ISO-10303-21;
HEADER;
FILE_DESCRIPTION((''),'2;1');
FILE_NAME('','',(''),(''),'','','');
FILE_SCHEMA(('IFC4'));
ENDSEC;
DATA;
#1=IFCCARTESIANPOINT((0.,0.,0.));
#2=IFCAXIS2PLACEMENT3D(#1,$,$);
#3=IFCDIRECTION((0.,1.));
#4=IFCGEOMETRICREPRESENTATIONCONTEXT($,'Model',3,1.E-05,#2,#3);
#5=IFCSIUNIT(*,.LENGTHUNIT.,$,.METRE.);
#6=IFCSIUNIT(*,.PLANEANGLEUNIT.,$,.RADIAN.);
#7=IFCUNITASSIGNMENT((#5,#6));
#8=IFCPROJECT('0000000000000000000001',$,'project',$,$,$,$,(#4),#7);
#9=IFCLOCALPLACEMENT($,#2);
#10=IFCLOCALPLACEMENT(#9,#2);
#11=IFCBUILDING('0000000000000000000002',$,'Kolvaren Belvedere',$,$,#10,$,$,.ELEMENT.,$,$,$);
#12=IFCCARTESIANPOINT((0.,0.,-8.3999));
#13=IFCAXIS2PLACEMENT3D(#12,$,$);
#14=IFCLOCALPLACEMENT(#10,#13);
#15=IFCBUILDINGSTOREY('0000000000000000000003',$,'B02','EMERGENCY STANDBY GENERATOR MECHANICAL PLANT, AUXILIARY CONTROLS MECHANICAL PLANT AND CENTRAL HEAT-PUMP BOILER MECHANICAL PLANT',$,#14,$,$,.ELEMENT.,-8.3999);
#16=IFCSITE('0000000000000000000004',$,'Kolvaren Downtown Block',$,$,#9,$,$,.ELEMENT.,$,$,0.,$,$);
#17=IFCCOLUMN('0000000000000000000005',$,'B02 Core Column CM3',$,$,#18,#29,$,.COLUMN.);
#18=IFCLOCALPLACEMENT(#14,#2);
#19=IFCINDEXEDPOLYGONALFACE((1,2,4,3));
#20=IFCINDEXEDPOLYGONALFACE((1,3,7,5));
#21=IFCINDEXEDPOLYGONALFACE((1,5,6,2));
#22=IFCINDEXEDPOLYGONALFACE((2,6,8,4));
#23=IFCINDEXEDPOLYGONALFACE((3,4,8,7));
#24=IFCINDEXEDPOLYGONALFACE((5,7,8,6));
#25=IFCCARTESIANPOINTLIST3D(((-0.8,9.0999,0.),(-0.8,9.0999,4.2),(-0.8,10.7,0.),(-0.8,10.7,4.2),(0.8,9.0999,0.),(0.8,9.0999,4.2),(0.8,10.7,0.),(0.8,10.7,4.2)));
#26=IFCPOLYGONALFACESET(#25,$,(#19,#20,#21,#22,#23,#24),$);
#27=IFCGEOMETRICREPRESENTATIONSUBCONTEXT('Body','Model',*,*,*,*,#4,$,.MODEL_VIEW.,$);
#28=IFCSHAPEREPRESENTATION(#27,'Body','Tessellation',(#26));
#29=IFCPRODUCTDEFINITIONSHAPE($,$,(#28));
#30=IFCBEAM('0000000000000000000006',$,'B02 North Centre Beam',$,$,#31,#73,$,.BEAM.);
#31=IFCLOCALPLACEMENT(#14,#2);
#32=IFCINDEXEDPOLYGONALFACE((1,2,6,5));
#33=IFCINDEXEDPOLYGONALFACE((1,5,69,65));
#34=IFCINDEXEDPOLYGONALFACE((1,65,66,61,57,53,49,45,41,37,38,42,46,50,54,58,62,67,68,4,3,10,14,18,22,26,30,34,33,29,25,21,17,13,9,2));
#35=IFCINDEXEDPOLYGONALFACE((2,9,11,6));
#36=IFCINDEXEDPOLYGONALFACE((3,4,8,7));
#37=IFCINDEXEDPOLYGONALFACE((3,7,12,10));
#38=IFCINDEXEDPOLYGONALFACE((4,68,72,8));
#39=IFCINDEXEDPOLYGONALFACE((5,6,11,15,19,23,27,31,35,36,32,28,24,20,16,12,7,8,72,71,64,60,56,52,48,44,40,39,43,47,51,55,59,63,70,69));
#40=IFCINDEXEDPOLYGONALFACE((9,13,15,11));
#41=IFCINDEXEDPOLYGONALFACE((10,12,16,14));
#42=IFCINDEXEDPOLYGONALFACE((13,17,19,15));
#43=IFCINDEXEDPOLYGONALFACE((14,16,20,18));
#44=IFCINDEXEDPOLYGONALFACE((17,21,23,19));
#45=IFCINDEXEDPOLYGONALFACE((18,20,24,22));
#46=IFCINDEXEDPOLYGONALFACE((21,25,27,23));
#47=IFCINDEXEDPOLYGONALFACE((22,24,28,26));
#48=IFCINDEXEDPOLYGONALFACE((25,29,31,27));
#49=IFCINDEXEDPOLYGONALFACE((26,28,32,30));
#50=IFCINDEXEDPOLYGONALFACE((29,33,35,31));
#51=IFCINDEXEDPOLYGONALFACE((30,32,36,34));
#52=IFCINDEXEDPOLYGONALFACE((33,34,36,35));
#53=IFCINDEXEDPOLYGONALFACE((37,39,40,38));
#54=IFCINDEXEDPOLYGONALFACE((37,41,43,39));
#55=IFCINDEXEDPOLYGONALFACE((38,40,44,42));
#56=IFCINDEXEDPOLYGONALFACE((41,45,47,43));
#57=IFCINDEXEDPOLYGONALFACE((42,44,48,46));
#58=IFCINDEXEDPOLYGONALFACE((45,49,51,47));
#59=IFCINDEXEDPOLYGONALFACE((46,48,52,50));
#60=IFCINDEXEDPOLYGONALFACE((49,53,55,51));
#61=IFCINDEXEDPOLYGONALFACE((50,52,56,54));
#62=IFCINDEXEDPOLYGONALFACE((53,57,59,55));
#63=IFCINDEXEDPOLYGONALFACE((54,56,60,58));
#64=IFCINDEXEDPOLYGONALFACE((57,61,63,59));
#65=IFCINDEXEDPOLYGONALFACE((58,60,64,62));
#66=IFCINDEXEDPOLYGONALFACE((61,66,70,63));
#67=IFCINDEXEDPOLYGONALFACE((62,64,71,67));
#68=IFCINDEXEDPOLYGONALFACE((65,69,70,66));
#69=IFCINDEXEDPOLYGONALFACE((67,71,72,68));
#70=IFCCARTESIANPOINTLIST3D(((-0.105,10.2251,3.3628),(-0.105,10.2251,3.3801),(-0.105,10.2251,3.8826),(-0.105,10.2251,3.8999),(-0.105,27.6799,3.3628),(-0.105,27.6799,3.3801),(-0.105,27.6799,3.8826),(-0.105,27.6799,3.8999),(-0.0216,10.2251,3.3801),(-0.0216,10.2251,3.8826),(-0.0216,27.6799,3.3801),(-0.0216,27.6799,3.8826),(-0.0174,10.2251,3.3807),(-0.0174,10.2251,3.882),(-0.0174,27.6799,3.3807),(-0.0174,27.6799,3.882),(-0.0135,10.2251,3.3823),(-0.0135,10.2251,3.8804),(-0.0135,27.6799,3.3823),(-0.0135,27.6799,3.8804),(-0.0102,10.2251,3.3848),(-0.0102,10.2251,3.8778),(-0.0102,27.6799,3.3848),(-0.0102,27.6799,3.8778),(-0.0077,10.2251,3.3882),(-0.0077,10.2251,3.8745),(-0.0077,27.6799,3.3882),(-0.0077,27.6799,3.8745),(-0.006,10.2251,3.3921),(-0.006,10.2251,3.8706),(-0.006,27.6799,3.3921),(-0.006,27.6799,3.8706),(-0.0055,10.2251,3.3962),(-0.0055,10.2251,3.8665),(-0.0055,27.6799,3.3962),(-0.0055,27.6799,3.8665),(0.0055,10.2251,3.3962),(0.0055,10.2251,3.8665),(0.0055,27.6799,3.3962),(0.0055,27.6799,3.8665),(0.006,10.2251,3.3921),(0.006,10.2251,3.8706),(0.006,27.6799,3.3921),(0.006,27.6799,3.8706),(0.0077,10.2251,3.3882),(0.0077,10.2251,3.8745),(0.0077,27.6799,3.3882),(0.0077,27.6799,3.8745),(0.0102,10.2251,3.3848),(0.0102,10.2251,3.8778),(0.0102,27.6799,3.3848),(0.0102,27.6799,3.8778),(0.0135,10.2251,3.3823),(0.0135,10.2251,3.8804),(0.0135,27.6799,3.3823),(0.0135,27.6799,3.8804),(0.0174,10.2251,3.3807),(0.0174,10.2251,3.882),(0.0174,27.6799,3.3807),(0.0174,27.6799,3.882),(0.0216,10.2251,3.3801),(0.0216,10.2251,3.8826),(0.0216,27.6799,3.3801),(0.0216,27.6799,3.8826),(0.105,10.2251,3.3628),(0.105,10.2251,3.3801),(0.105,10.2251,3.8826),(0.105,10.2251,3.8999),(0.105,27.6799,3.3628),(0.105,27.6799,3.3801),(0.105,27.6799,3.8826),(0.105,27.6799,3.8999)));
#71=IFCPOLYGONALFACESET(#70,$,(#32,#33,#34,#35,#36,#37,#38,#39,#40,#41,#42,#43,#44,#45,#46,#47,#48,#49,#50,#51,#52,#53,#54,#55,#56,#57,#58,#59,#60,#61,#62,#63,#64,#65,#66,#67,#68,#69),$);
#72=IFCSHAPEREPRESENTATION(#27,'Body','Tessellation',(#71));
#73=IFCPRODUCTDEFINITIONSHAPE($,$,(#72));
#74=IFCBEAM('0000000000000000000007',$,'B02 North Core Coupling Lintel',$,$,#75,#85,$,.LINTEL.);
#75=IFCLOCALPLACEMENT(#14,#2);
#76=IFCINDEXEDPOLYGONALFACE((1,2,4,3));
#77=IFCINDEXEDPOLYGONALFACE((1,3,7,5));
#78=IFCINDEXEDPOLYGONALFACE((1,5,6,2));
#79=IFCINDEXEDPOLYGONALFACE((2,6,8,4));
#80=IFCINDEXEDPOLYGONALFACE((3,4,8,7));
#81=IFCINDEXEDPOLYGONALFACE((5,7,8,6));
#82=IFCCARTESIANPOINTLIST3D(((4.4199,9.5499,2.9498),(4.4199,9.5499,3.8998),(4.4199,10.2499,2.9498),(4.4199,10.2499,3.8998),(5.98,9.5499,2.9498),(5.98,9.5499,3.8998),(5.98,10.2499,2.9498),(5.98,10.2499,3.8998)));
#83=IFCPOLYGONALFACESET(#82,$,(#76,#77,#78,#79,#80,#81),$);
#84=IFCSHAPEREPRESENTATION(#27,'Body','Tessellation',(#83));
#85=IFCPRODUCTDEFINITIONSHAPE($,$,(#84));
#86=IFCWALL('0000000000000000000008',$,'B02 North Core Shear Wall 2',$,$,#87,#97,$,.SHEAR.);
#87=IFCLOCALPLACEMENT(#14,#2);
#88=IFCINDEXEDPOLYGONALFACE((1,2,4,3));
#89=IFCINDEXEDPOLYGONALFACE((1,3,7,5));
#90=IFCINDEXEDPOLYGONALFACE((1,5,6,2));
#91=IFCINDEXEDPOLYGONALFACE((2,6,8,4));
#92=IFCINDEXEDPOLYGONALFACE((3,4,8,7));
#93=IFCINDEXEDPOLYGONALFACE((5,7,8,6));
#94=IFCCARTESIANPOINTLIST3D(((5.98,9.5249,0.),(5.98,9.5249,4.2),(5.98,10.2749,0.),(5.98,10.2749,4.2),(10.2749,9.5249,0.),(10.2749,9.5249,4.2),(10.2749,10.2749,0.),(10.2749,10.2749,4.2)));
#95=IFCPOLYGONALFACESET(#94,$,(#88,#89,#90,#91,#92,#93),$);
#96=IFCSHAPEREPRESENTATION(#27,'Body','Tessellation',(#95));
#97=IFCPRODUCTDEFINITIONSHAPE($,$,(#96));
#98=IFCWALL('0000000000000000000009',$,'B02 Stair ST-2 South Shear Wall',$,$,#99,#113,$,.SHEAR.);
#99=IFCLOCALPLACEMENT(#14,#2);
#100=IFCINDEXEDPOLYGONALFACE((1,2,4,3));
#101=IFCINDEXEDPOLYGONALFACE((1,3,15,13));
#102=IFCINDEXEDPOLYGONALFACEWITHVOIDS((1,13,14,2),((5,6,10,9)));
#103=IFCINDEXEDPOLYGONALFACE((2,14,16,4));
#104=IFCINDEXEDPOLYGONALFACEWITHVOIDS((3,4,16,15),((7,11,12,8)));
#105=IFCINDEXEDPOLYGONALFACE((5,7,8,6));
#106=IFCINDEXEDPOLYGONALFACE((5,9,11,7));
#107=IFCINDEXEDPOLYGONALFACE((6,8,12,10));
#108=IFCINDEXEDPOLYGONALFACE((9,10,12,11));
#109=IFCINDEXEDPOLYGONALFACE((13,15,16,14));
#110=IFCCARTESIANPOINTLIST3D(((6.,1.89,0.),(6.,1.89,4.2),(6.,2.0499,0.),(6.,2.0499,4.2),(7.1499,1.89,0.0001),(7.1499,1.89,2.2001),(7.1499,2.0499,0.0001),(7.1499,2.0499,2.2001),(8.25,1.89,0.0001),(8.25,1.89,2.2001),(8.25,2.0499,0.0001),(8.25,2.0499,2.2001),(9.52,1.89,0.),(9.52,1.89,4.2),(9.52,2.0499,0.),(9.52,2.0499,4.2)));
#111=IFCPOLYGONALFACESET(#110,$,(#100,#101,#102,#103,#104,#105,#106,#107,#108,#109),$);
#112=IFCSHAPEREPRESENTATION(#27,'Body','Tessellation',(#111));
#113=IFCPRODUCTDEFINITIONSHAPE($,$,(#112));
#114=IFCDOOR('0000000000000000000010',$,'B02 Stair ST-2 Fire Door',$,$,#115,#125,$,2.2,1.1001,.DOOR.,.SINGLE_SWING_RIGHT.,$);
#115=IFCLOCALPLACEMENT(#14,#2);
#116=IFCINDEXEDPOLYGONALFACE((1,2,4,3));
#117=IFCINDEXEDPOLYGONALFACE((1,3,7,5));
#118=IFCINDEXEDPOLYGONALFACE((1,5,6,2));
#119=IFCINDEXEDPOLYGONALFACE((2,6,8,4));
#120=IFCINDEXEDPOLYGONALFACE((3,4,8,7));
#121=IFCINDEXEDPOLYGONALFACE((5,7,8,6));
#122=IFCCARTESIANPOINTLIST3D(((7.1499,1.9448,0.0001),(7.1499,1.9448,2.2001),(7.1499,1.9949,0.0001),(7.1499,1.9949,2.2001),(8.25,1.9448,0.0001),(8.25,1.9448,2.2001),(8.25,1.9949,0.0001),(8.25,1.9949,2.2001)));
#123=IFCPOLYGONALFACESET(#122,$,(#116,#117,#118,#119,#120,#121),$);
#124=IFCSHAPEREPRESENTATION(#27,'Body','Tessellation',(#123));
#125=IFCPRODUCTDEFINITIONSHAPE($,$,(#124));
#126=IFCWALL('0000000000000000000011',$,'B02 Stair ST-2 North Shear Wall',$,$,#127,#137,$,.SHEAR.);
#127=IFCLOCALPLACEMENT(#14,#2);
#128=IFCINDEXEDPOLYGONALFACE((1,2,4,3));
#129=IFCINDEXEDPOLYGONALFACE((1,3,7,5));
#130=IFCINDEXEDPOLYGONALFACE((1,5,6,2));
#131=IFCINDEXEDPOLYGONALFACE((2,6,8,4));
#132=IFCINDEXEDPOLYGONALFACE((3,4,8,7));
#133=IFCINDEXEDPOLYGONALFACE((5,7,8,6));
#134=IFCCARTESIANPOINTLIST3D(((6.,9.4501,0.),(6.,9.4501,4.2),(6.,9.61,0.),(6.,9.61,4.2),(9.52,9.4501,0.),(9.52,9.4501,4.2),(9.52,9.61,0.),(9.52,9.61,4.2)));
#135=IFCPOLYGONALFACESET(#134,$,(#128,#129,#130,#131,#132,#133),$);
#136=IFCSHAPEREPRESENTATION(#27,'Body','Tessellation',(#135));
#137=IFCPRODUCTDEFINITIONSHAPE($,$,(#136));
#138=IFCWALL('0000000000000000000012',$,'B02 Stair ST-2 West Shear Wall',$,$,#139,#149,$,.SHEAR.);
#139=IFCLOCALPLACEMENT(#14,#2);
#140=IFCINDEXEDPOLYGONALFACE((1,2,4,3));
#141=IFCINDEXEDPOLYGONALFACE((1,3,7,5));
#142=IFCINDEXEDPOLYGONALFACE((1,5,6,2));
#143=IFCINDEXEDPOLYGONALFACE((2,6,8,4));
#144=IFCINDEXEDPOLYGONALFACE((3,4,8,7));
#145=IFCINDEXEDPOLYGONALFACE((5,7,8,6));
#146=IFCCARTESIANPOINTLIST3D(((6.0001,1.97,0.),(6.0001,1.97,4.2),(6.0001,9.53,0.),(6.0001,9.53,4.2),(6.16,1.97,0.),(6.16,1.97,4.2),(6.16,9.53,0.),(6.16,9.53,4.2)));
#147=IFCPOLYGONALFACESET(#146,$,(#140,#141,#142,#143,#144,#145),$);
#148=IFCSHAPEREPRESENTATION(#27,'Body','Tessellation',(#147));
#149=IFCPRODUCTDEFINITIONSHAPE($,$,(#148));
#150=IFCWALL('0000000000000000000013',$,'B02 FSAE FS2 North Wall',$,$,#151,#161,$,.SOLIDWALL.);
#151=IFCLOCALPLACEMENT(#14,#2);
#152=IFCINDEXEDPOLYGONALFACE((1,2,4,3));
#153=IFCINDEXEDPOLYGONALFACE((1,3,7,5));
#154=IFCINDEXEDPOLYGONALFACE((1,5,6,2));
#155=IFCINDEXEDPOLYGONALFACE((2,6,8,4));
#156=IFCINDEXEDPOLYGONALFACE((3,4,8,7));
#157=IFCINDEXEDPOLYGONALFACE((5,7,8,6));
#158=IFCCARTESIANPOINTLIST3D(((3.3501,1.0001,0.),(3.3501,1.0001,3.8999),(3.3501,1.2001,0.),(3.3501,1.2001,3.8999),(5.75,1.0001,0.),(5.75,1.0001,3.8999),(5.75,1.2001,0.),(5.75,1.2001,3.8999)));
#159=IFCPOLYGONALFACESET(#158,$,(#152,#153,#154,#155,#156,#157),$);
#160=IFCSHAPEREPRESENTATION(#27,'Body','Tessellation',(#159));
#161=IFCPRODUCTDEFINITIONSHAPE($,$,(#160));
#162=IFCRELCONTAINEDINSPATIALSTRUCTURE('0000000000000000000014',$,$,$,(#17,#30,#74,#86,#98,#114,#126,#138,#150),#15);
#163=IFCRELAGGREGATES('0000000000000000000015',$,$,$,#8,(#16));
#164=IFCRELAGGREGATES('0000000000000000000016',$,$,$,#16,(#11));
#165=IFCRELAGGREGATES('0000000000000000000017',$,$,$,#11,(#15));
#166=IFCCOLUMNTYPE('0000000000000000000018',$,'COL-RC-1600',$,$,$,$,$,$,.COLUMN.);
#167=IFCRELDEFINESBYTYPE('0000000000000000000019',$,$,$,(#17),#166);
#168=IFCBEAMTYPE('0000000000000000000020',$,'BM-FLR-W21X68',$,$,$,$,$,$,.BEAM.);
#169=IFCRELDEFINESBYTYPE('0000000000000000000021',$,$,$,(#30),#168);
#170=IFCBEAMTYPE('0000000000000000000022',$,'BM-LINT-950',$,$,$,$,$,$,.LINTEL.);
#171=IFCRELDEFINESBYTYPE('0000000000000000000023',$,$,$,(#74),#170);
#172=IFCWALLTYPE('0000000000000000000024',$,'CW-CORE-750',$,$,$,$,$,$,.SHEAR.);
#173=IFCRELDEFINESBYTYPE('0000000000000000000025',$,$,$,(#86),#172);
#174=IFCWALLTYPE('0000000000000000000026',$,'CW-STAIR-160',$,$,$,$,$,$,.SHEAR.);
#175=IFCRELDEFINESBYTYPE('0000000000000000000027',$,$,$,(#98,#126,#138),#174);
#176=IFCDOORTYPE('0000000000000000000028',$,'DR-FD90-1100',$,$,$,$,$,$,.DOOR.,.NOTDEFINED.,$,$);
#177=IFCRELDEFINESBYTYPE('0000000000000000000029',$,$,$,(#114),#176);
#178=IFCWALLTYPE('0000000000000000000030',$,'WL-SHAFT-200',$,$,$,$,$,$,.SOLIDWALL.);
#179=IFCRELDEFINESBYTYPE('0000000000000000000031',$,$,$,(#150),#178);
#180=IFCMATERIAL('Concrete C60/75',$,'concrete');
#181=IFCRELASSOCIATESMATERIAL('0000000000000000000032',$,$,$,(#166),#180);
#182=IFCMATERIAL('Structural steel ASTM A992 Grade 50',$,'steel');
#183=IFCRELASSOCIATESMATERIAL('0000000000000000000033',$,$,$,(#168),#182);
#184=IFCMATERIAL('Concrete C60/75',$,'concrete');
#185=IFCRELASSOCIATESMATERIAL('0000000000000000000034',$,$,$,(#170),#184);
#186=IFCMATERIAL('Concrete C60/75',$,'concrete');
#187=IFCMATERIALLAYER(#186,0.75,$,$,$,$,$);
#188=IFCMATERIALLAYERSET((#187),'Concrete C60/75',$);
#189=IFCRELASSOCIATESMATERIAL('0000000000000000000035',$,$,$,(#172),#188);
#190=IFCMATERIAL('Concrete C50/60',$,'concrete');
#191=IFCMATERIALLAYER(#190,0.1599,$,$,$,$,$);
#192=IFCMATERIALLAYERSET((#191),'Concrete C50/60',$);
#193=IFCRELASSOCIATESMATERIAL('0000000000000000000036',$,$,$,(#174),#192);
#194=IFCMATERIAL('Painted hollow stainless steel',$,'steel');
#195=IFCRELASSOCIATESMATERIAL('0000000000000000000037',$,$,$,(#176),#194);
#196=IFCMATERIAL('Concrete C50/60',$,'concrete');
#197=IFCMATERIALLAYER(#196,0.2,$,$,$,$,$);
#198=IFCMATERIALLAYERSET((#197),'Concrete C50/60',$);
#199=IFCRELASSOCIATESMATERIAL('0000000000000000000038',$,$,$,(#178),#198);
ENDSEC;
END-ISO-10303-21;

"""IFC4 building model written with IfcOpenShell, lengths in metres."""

from ifc_helpers import new_model, si_unit, direction, frame, frame_2d, origin, origin_2d, place, context, subcontext, project, spatial, rectangle, i_section, extrude, material, layer, layer_set, material_profile, profile_set, type_object, element, fill, save


model = new_model("IFC4")

# Units and contexts
model_context = context("Model", 3, precision=1e-05, world=origin(), true_north=direction((0.0, 1.0)))
body_context = subcontext(model_context, "Body", "Model", "MODEL_VIEW")
ifc_project = project(units=[si_unit("LENGTHUNIT", "METRE"), si_unit("PLANEANGLEUNIT", "RADIAN")], contexts=[model_context])

# Site, building, storey
site_placement = place(None, origin())
site = spatial("IfcSite", under=ifc_project, at=site_placement, Name="Kolvaren Downtown Block", CompositionType="ELEMENT", RefElevation=0.0)
building_placement = place(site_placement, origin())
building = spatial("IfcBuilding", under=site, at=building_placement, Name="Kolvaren Belvedere", CompositionType="ELEMENT")
storey_placement = place(building_placement, frame((0.0, 0.0, -8.3999)))
storey = spatial("IfcBuildingStorey", under=building, at=storey_placement, Name="B02", Description="EMERGENCY STANDBY GENERATOR MECHANICAL PLANT, AUXILIARY CONTROLS MECHANICAL PLANT AND CENTRAL HEAT-PUMP BOILER MECHANICAL PLANT", CompositionType="ELEMENT", Elevation=-8.3999)

# Column
ifc_material_1 = material(Name="Concrete C60/75", Category="concrete")
ifc_material_profile_1 = material_profile(ifc_material_1, rectangle(XDim=1.6001, YDim=1.6001, at=origin_2d()), Name="RC 1600X1600")
ifc_profile_set_1 = profile_set([ifc_material_profile_1], Name="Concrete C60/75")
column_type = type_object("IfcColumnType", Name="COL-RC-1600", PredefinedType="COLUMN", material=ifc_profile_set_1)
column_placement = place(storey_placement, frame((0.0, 9.8999, 0.0), z_axis=(0.0, 0.0, 1.0), x_axis=(1.0, 0.0, 0.0)))
element("IfcColumn", 1, at=column_placement, inside=storey, type_object=column_type, Name="B02 Core Column CM3", PredefinedType="COLUMN", context=body_context, shape_type="SweptSolid", body=[
    extrude(rectangle(XDim=1.6001, YDim=1.6001, at=origin_2d()), origin(), (0.0, 0.0, 1.0), 4.2),
])

# Beams
ifc_material_2 = material(Name="Structural steel ASTM A992 Grade 50", Category="steel")
ifc_material_profile_2 = material_profile(ifc_material_2, i_section(OverallWidth=0.21, OverallDepth=0.5371, WebThickness=0.011, FlangeThickness=0.0173, FilletRadius=0.0161, at=origin_2d()), Name="W21X68")
ifc_profile_set_2 = profile_set([ifc_material_profile_2], Name="Structural steel ASTM A992 Grade 50")
beam_type_1 = type_object("IfcBeamType", Name="BM-FLR-W21X68", PredefinedType="BEAM", material=ifc_profile_set_2)
beam_1_placement = place(storey_placement, frame((0.0, 10.2251, 3.6313), z_axis=(0.0, 1.0, 0.0), x_axis=(-1.0, 0.0, 0.0)))
element("IfcBeam", 2, at=beam_1_placement, inside=storey, type_object=beam_type_1, Name="B02 North Centre Beam", PredefinedType="BEAM", context=body_context, shape_type="SweptSolid", body=[
    extrude(i_section(OverallWidth=0.21, OverallDepth=0.5371, WebThickness=0.011, FlangeThickness=0.0173, FilletRadius=0.0161, at=origin_2d()), origin(), (0.0, 0.0, 1.0), 17.4548),
])
ifc_material_3 = material(Name="Concrete C60/75", Category="concrete")
ifc_material_profile_3 = material_profile(ifc_material_3, rectangle(XDim=0.7, YDim=0.95, at=origin_2d()), Name="RC 700X950")
ifc_profile_set_3 = profile_set([ifc_material_profile_3], Name="Concrete C60/75")
beam_type_2 = type_object("IfcBeamType", Name="BM-LINT-950", PredefinedType="LINTEL", material=ifc_profile_set_3)
beam_2_placement = place(storey_placement, frame((4.4199, 9.8999, 3.4248), z_axis=(1.0, 0.0, 0.0), x_axis=(0.0, 1.0, 0.0)))
element("IfcBeam", 3, at=beam_2_placement, inside=storey, type_object=beam_type_2, Name="B02 North Core Coupling Lintel", PredefinedType="LINTEL", context=body_context, shape_type="SweptSolid", body=[
    extrude(rectangle(XDim=0.7, YDim=0.95, at=origin_2d()), origin(), (0.0, 0.0, 1.0), 1.5601),
])

# Wall
ifc_material_4 = material(Name="Concrete C60/75", Category="concrete")
ifc_layer_1 = layer(ifc_material_4, 0.75)
ifc_layer_set_1 = layer_set([ifc_layer_1], Name="Concrete C60/75")
wall_type_1 = type_object("IfcWallType", Name="CW-CORE-750", PredefinedType="SHEAR", material=ifc_layer_set_1)
wall_1_placement = place(storey_placement, frame((5.98, 9.8999, 0.0), z_axis=(0.0, 0.0, 1.0), x_axis=(1.0, 0.0, 0.0)))
element("IfcWall", 4, at=wall_1_placement, inside=storey, type_object=wall_type_1, Name="B02 North Core Shear Wall 2", PredefinedType="SHEAR", context=body_context, shape_type="SweptSolid", body=[
    extrude(rectangle(XDim=4.2949, YDim=0.75, at=frame_2d((2.1475, 0.0))), origin(), (0.0, 0.0, 1.0), 4.2),
])

# Wall, opening, door
ifc_material_5 = material(Name="Concrete C50/60", Category="concrete")
ifc_layer_2 = layer(ifc_material_5, 0.1599)
ifc_layer_set_2 = layer_set([ifc_layer_2], Name="Concrete C50/60")
wall_type_2 = type_object("IfcWallType", Name="CW-STAIR-160", PredefinedType="SHEAR", material=ifc_layer_set_2)
wall_2_placement = place(storey_placement, frame((6.0, 1.97, 0.0), z_axis=(0.0, 0.0, 1.0), x_axis=(1.0, 0.0, 0.0)))
wall_2 = element("IfcWall", 5, at=wall_2_placement, inside=storey, type_object=wall_type_2, Name="B02 Stair ST-2 South Shear Wall", PredefinedType="SHEAR", context=body_context, shape_type="SweptSolid", body=[
    extrude(rectangle(XDim=3.52, YDim=0.1599, at=frame_2d((1.76, 0.0))), origin(), (0.0, 0.0, 1.0), 4.2),
])
opening_1_placement = place(wall_2_placement, frame((1.1499, 0.0, 0.0)))
opening_1 = element("IfcOpeningElement", 6, at=opening_1_placement, cuts=wall_2, PredefinedType="OPENING", context=body_context, shape_type="SweptSolid", body=[
    extrude(rectangle(XDim=1.1001, YDim=2.2, at=frame_2d((0.55, 1.1001))), frame((0.0, 0.0898, 0.0), z_axis=(0.0, -1.0, 0.0), x_axis=(1.0, 0.0, 0.0)), (0.0, 0.0, 1.0), 0.1799),
])
ifc_material_6 = material(Name="Painted hollow stainless steel", Category="steel")
door_type_1 = type_object("IfcDoorType", Name="DR-FD90-1100", OperationType="NOTDEFINED", PredefinedType="DOOR", material=ifc_material_6)
door_1_placement = place(opening_1_placement, origin())
door_1 = element("IfcDoor", 7, at=door_1_placement, inside=storey, type_object=door_type_1, Name="B02 Stair ST-2 Fire Door", OperationType="SINGLE_SWING_RIGHT", OverallHeight=2.2, OverallWidth=1.1001, PredefinedType="DOOR", context=body_context, shape_type="SweptSolid", body=[
    extrude(rectangle(XDim=1.1001, YDim=2.2, at=frame_2d((0.55, 1.1001))), frame((0.0, 0.0249, 0.0), z_axis=(0.0, -1.0, 0.0), x_axis=(1.0, 0.0, 0.0)), (0.0, 0.0, 1.0), 0.05),
])
fill(opening_1, door_1)

# Walls
wall_3_placement = place(storey_placement, frame((6.0, 9.53, 0.0), z_axis=(0.0, 0.0, 1.0), x_axis=(1.0, 0.0, 0.0)))
element("IfcWall", 8, at=wall_3_placement, inside=storey, type_object=wall_type_2, Name="B02 Stair ST-2 North Shear Wall", PredefinedType="SHEAR", context=body_context, shape_type="SweptSolid", body=[
    extrude(rectangle(XDim=3.52, YDim=0.1599, at=frame_2d((1.76, 0.0))), origin(), (0.0, 0.0, 1.0), 4.2),
])
wall_4_placement = place(storey_placement, frame((6.0801, 1.97, 0.0), z_axis=(0.0, 0.0, 1.0), x_axis=(0.0, 1.0, 0.0)))
element("IfcWall", 9, at=wall_4_placement, inside=storey, type_object=wall_type_2, Name="B02 Stair ST-2 West Shear Wall", PredefinedType="SHEAR", context=body_context, shape_type="SweptSolid", body=[
    extrude(rectangle(XDim=7.5601, YDim=0.1599, at=frame_2d((3.78, 0.0))), origin(), (0.0, 0.0, 1.0), 4.2),
])
ifc_material_7 = material(Name="Concrete C50/60", Category="concrete")
ifc_layer_3 = layer(ifc_material_7, 0.2)
ifc_layer_set_3 = layer_set([ifc_layer_3], Name="Concrete C50/60")
wall_type_3 = type_object("IfcWallType", Name="WL-SHAFT-200", PredefinedType="SOLIDWALL", material=ifc_layer_set_3)
wall_5_placement = place(storey_placement, frame((3.3501, 1.1001, 0.0), z_axis=(0.0, 0.0, 1.0), x_axis=(1.0, 0.0, 0.0)))
element("IfcWall", 10, at=wall_5_placement, inside=storey, type_object=wall_type_3, Name="B02 FSAE FS2 North Wall", PredefinedType="SOLIDWALL", context=body_context, shape_type="SweptSolid", body=[
    extrude(rectangle(XDim=2.3999, YDim=0.2, at=frame_2d((1.2, 0.0))), origin(), (0.0, 0.0, 1.0), 3.8999),
])

save(model, "model.ifc")
